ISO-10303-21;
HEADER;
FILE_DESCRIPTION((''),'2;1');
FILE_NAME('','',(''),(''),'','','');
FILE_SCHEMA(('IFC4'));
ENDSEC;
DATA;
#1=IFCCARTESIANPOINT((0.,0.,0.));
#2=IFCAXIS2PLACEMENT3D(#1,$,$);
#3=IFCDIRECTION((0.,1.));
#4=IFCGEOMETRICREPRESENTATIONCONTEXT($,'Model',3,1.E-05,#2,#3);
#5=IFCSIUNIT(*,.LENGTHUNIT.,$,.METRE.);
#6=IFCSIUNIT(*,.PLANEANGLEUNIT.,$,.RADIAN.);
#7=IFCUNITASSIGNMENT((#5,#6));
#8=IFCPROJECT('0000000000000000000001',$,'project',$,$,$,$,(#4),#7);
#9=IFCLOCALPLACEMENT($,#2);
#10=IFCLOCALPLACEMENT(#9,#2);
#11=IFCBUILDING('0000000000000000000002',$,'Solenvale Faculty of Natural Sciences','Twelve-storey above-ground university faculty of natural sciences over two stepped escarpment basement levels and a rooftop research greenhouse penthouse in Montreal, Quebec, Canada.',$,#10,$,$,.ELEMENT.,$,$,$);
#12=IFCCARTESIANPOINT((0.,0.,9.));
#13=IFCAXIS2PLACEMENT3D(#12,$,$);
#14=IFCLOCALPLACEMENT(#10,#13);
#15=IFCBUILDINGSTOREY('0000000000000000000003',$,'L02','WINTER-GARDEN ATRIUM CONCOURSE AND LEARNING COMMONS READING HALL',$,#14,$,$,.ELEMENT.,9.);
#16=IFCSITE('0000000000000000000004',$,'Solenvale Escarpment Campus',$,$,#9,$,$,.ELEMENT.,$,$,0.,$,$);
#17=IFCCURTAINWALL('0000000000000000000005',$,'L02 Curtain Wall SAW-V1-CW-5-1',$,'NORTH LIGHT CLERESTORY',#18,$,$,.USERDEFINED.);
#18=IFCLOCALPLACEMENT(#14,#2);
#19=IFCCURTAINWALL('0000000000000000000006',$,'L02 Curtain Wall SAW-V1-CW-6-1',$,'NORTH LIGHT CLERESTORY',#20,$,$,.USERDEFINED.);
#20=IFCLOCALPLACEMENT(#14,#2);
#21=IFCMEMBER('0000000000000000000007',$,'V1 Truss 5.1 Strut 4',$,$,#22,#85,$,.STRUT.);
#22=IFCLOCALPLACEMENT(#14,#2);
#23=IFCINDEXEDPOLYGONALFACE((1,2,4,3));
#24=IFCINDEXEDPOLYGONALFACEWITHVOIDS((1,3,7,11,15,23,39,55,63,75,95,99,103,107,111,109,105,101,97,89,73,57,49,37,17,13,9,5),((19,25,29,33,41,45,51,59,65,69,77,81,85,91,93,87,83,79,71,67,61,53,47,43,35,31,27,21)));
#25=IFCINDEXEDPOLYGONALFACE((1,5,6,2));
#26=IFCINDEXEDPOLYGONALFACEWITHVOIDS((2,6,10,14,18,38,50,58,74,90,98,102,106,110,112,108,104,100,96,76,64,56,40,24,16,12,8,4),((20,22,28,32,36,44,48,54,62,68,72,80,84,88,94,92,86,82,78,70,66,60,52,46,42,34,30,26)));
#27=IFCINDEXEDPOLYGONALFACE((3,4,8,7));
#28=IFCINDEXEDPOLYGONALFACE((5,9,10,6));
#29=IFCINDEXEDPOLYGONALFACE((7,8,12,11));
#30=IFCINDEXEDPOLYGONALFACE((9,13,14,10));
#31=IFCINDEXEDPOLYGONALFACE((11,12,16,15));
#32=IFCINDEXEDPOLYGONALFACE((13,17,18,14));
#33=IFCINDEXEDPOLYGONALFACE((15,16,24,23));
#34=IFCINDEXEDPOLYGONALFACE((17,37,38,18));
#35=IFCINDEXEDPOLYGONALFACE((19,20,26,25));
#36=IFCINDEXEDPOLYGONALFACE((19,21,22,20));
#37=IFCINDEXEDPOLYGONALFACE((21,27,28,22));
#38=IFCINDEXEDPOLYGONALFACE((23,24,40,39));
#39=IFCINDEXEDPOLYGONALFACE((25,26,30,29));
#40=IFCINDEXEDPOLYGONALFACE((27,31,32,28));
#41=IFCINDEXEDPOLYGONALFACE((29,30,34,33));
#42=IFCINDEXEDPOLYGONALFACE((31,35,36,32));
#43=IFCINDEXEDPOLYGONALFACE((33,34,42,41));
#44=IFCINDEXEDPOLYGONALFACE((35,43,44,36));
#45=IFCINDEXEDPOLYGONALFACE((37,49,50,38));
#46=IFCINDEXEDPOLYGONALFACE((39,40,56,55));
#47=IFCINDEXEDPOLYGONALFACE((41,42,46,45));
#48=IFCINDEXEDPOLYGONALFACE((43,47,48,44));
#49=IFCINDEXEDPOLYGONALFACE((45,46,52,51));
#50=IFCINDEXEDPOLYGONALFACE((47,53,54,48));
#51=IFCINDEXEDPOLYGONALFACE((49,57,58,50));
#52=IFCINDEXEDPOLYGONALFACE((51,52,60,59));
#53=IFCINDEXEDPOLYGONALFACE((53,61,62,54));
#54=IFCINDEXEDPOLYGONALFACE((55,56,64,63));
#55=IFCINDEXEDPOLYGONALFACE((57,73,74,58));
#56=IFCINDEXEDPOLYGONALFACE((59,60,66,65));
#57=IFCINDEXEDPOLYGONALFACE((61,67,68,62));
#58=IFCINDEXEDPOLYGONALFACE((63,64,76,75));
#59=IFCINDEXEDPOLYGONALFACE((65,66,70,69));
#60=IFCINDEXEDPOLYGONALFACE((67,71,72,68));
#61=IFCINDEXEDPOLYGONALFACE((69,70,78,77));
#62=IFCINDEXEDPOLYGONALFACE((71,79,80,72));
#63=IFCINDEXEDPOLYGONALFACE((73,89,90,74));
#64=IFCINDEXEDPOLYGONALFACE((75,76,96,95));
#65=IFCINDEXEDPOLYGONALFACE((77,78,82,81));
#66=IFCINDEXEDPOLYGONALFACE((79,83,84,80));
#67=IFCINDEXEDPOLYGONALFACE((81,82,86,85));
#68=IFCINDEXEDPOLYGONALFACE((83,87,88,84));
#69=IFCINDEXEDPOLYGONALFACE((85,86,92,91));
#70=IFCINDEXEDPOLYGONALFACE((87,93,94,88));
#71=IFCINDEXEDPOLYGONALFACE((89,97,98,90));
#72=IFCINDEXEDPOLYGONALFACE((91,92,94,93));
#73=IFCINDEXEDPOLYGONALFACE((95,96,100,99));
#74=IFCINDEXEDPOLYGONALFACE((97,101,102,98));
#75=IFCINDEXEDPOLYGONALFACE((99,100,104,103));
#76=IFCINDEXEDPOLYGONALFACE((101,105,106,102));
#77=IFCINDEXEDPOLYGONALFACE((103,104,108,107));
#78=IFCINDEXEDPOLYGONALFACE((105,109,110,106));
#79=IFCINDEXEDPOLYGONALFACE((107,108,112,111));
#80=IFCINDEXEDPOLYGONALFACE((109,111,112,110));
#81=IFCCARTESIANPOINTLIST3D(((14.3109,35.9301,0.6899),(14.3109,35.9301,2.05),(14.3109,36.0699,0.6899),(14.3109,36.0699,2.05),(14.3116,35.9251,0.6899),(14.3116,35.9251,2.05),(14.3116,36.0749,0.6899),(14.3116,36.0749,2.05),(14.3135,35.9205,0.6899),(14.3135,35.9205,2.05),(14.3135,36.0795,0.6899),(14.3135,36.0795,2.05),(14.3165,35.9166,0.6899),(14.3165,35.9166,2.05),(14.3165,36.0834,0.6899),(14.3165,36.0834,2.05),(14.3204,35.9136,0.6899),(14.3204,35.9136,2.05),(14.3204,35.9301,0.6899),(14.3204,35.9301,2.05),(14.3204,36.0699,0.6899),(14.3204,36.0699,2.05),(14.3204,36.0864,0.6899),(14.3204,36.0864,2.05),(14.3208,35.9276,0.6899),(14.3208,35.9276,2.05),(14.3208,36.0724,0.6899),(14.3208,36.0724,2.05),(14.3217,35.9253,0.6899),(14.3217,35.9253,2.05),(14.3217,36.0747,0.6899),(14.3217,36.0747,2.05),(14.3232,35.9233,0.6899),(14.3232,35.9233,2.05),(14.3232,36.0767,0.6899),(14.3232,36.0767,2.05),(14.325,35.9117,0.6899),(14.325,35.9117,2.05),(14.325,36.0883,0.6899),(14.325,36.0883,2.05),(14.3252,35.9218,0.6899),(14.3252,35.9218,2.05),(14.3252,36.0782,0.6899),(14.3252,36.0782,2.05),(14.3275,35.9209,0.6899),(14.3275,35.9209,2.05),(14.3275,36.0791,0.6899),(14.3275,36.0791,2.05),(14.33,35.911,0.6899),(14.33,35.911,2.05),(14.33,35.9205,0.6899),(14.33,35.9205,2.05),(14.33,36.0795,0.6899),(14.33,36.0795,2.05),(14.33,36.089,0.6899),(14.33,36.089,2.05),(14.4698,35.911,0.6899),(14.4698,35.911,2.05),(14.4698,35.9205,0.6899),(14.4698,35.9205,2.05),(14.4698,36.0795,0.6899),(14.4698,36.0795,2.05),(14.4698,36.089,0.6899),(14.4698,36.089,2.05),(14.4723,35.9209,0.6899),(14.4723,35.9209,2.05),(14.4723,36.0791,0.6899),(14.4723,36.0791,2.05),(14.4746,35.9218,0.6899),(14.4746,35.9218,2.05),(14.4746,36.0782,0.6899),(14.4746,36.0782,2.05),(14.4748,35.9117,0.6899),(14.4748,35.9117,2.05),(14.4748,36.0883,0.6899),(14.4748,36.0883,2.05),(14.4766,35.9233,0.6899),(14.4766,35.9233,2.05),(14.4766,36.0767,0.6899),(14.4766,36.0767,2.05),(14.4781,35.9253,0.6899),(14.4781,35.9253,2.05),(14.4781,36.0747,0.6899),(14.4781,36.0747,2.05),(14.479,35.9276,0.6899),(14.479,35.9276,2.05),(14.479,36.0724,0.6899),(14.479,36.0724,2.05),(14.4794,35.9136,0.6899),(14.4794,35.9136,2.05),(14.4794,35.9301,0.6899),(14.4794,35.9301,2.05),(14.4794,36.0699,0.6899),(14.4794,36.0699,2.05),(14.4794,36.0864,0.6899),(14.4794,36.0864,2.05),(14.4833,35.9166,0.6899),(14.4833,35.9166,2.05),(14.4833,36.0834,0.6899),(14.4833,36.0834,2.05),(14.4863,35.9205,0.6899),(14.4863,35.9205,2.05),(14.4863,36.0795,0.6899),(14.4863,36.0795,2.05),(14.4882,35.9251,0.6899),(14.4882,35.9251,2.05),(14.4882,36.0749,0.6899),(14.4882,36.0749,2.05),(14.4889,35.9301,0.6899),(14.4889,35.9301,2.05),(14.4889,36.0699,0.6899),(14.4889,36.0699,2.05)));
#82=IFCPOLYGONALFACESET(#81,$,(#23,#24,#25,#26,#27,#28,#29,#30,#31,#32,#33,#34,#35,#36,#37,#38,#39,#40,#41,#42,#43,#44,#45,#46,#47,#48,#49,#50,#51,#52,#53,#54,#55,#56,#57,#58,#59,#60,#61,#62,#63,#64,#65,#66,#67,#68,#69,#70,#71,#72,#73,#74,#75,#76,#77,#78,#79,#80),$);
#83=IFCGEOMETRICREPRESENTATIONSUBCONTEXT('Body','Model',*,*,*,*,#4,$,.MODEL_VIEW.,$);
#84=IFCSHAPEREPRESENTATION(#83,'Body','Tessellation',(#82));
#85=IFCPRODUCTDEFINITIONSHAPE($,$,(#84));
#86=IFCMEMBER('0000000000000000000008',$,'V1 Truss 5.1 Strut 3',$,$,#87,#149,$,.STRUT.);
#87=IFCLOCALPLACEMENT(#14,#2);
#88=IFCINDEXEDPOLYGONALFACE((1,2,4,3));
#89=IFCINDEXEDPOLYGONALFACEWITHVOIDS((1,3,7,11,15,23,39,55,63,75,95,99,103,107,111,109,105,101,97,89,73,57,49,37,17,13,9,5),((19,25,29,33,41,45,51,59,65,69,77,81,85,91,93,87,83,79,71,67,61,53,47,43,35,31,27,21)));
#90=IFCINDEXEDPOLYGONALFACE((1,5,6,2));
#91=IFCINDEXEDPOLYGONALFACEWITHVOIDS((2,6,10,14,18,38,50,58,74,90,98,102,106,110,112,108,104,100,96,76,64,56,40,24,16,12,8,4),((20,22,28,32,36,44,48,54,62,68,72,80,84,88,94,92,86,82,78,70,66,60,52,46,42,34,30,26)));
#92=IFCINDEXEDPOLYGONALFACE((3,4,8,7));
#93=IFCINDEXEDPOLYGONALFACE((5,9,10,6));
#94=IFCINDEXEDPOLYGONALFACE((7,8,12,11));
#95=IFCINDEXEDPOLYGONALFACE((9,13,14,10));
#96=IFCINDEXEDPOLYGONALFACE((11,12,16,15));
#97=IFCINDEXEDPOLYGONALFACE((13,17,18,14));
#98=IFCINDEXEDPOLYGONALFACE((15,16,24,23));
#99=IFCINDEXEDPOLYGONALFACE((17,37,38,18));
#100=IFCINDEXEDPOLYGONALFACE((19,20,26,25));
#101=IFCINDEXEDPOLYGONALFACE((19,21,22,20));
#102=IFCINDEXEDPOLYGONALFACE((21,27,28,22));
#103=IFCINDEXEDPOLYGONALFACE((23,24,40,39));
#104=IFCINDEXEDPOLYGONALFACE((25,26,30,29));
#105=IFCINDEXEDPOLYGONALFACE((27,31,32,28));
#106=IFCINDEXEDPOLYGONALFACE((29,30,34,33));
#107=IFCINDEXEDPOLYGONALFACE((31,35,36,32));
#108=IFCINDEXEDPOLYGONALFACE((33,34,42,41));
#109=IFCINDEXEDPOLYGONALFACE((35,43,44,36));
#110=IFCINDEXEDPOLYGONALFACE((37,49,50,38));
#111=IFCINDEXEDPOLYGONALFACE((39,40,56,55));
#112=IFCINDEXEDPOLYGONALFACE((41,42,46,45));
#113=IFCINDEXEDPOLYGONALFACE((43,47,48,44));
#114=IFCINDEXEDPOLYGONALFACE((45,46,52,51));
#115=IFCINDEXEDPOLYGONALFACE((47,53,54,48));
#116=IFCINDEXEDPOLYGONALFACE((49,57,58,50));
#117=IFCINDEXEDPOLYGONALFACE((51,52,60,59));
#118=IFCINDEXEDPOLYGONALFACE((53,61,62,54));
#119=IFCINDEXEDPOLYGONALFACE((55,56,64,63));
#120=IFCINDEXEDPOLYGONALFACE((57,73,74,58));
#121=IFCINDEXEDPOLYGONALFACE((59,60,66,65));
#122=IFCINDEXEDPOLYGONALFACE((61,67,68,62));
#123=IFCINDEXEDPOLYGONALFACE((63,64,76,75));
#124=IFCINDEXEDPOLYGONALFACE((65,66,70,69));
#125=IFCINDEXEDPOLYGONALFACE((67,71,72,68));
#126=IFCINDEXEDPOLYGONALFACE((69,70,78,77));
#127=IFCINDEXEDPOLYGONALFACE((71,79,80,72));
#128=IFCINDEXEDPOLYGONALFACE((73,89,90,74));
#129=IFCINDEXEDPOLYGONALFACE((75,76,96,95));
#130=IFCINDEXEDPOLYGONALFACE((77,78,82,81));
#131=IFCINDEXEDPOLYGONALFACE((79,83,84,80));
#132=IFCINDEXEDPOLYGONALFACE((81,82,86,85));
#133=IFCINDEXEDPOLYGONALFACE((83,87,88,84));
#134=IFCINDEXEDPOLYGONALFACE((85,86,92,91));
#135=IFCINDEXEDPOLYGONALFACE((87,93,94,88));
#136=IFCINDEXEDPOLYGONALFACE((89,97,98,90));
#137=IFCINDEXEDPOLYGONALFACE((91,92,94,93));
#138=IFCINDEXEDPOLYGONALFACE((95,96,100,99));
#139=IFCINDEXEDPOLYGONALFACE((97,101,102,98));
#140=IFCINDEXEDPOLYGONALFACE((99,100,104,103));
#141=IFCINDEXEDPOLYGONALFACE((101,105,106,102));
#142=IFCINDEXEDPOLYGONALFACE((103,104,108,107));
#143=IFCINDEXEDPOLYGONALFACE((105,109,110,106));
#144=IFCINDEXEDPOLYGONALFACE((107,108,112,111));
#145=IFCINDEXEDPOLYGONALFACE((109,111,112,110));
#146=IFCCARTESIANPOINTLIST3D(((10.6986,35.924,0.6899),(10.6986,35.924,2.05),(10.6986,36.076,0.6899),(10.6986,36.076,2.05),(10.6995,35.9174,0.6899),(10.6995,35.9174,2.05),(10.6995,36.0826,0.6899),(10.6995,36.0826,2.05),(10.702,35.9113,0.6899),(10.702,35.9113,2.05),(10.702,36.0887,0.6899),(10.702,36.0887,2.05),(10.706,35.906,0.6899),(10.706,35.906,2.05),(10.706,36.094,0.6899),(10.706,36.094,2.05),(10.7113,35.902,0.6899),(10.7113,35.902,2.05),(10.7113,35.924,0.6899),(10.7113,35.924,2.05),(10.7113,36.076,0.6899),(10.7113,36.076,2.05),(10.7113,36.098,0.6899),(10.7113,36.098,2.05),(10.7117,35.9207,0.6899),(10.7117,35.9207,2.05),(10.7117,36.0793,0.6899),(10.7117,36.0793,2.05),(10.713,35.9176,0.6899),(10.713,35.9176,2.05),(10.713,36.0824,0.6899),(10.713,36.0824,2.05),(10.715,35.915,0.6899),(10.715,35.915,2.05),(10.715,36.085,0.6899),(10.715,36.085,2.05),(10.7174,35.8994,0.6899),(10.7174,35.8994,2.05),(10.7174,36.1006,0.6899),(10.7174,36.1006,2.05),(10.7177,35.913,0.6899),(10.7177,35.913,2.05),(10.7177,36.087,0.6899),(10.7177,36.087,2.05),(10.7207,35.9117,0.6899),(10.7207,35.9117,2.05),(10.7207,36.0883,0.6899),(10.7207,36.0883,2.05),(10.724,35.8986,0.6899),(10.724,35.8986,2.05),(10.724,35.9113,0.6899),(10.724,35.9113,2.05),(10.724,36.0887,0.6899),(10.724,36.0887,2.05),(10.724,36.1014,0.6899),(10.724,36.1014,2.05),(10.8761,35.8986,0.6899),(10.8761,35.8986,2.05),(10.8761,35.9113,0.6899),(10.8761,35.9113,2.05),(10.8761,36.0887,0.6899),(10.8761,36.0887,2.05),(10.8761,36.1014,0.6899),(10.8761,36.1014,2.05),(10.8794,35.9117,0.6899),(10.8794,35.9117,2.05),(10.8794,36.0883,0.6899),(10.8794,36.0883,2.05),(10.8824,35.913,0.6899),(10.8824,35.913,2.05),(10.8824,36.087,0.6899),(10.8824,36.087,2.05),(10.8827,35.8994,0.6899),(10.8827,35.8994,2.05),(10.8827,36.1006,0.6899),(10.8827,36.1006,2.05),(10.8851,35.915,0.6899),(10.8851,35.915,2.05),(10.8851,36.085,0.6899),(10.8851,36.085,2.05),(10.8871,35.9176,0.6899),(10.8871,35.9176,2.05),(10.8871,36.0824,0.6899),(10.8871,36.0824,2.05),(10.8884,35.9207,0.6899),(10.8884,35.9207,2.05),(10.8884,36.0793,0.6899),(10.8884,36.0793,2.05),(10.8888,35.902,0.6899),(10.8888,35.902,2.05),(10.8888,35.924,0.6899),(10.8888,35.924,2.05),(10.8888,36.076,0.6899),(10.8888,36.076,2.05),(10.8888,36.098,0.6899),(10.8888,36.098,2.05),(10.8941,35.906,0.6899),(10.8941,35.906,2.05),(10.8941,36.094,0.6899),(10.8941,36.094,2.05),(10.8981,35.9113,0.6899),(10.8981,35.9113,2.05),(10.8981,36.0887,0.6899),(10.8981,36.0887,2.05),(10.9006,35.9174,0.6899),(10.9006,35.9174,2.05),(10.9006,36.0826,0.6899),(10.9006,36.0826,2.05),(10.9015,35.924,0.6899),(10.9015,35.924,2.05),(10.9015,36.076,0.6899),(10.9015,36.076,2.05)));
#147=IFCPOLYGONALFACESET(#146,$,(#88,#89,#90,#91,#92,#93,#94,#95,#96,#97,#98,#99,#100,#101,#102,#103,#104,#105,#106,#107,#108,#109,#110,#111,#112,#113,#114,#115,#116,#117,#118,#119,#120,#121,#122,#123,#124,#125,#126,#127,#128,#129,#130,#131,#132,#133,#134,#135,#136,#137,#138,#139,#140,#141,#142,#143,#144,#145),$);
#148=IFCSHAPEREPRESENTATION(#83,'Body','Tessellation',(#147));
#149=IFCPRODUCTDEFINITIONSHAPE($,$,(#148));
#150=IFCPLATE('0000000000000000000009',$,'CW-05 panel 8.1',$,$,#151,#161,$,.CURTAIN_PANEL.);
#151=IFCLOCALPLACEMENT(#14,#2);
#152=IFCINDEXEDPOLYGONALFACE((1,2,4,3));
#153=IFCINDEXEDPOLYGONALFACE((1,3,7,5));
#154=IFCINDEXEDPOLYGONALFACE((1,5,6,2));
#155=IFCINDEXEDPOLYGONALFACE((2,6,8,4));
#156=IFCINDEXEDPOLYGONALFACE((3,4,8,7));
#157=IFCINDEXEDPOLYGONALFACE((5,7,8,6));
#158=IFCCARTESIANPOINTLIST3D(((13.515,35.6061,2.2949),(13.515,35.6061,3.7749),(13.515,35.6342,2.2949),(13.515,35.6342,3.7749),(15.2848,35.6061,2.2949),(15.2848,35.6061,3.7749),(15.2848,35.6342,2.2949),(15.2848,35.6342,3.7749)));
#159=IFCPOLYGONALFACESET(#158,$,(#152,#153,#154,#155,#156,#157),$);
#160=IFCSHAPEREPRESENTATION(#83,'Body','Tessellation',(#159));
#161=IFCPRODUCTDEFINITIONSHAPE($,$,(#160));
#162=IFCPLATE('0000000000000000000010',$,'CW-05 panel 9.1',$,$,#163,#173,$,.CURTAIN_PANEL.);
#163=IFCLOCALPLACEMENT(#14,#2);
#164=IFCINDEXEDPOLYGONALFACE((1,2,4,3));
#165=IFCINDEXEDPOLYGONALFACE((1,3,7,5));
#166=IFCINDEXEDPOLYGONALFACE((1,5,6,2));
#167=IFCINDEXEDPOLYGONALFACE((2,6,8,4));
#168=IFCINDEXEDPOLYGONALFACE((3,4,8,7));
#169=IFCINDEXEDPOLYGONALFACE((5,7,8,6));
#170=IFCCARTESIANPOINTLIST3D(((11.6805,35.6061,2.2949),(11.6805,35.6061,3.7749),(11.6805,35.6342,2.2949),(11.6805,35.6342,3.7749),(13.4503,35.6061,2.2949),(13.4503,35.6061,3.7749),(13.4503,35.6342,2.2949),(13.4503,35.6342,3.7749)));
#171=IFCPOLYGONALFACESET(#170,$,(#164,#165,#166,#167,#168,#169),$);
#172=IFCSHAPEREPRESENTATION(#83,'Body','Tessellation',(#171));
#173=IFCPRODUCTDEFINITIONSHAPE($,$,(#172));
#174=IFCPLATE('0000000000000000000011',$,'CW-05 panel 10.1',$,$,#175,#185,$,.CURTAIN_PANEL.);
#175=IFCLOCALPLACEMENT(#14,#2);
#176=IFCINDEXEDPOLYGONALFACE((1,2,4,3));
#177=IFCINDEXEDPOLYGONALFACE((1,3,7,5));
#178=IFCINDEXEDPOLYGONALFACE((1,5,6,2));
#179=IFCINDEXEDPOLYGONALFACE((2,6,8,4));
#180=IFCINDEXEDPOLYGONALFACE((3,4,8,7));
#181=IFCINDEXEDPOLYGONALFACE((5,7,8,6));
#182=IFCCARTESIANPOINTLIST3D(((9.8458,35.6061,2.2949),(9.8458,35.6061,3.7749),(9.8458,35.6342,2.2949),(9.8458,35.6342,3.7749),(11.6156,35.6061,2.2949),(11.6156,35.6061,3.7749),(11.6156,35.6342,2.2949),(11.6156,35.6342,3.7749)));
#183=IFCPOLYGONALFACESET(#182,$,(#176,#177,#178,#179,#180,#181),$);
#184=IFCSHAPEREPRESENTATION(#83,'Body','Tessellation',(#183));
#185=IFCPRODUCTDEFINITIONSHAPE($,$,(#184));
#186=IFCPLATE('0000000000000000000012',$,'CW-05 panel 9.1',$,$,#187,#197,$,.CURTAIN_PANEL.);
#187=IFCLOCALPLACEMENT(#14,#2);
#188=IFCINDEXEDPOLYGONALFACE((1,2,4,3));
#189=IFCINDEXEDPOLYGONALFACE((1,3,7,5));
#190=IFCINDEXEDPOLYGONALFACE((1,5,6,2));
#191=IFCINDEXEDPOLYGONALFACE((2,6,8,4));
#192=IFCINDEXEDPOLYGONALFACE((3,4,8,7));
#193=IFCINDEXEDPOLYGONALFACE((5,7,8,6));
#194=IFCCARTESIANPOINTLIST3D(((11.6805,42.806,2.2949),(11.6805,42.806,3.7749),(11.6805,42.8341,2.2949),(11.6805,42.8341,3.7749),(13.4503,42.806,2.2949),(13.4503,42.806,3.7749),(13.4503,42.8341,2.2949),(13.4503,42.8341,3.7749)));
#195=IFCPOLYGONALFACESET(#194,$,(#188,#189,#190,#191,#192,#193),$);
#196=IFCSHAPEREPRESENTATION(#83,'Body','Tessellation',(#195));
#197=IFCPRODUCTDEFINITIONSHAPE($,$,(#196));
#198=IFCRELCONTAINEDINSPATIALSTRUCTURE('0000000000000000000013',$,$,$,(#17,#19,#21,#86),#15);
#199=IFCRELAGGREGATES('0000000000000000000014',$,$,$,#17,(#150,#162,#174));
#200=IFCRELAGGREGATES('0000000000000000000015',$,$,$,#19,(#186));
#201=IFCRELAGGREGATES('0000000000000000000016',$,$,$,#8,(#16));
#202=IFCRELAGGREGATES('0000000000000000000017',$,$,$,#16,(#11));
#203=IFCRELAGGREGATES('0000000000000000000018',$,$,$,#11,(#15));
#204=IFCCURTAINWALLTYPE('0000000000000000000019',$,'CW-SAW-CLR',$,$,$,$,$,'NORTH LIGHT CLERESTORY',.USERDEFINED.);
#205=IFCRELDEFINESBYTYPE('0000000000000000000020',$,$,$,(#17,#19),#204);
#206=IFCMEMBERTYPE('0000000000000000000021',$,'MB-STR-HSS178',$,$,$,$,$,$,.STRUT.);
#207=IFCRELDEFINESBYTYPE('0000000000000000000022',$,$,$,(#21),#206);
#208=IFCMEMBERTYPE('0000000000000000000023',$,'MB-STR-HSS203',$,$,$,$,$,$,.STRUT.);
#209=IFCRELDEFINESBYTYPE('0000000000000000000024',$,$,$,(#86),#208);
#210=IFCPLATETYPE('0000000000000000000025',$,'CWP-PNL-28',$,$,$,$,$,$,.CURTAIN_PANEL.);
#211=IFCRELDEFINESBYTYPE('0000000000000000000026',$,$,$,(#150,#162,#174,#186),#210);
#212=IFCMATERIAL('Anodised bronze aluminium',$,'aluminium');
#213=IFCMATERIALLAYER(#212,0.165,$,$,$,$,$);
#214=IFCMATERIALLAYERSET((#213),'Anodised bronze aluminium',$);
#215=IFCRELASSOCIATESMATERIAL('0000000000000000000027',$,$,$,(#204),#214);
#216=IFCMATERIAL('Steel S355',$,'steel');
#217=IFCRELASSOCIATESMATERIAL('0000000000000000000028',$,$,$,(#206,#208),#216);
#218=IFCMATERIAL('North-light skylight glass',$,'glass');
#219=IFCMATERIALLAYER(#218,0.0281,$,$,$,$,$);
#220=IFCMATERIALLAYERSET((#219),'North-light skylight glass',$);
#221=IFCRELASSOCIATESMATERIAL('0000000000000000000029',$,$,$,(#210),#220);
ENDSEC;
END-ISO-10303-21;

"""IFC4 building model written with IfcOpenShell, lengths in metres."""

from ifc_helpers import new_model, si_unit, direction, frame, origin, origin_2d, place, context, subcontext, project, spatial, rectangle, hollow_rectangle, extrude, material, layer, layer_set, material_profile, profile_set, type_object, element, aggregate, save


model = new_model("IFC4")

# Units and contexts
model_context = context("Model", 3, precision=1e-05, world=origin(), true_north=direction((0.0, 1.0)))
body_context = subcontext(model_context, "Body", "Model", "MODEL_VIEW")
ifc_project = project(units=[si_unit("LENGTHUNIT", "METRE"), si_unit("PLANEANGLEUNIT", "RADIAN")], contexts=[model_context])

# Site, building, storey
site_placement = place(None, origin())
site = spatial("IfcSite", under=ifc_project, at=site_placement, Name="Solenvale Escarpment Campus", CompositionType="ELEMENT", RefElevation=0.0)
building_placement = place(site_placement, origin())
building = spatial("IfcBuilding", under=site, at=building_placement, Name="Solenvale Faculty of Natural Sciences", Description="Twelve-storey above-ground university faculty of natural sciences over two stepped escarpment basement levels and a rooftop research greenhouse penthouse in Montreal, Quebec, Canada.", CompositionType="ELEMENT")
storey_placement = place(building_placement, frame((0.0, 0.0, 9.0)))
storey = spatial("IfcBuildingStorey", under=building, at=storey_placement, Name="L02", Description="WINTER-GARDEN ATRIUM CONCOURSE AND LEARNING COMMONS READING HALL", CompositionType="ELEMENT", Elevation=9.0)

# Curtain walls
ifc_material_1 = material(Name="Anodised bronze aluminium", Category="aluminium")
ifc_layer_1 = layer(ifc_material_1, 0.165)
ifc_layer_set_1 = layer_set([ifc_layer_1], Name="Anodised bronze aluminium")
curtain_wall_type = type_object("IfcCurtainWallType", Name="CW-SAW-CLR", ElementType="NORTH LIGHT CLERESTORY", PredefinedType="USERDEFINED", material=ifc_layer_set_1)
curtain_wall_1_placement = place(storey_placement, origin())
curtain_wall_1 = element("IfcCurtainWall", 1, at=curtain_wall_1_placement, inside=storey, type_object=curtain_wall_type, Name="L02 Curtain Wall SAW-V1-CW-5-1", ObjectType="NORTH LIGHT CLERESTORY", PredefinedType="USERDEFINED")
curtain_wall_2_placement = place(storey_placement, origin())
curtain_wall_2 = element("IfcCurtainWall", 2, at=curtain_wall_2_placement, inside=storey, type_object=curtain_wall_type, Name="L02 Curtain Wall SAW-V1-CW-6-1", ObjectType="NORTH LIGHT CLERESTORY", PredefinedType="USERDEFINED")

# Members
ifc_material_2 = material(Name="Steel S355", Category="steel")
ifc_material_profile_1 = material_profile(ifc_material_2, hollow_rectangle(XDim=0.178, YDim=0.178, WallThickness=0.0095, InnerFilletRadius=0.0095, OuterFilletRadius=0.019, at=origin_2d()), Name="HSS178x178x9.5")
ifc_profile_set_1 = profile_set([ifc_material_profile_1], Name="Steel S355")
member_type_1 = type_object("IfcMemberType", Name="MB-STR-HSS178", PredefinedType="STRUT", material=ifc_profile_set_1)
member_1_placement = place(storey_placement, frame((14.3999, 36.0, 0.6899), z_axis=(0.0, 0.0, 1.0), x_axis=(1.0, 0.0, 0.0)))
element("IfcMember", 3, at=member_1_placement, inside=storey, type_object=member_type_1, Name="V1 Truss 5.1 Strut 4", PredefinedType="STRUT", context=body_context, shape_type="SweptSolid", body=[
    extrude(hollow_rectangle(XDim=0.178, YDim=0.178, WallThickness=0.0095, InnerFilletRadius=0.0095, OuterFilletRadius=0.019, at=origin_2d()), origin(), (0.0, 0.0, 1.0), 1.3601),
])
ifc_material_profile_2 = material_profile(ifc_material_2, hollow_rectangle(XDim=0.2029, YDim=0.2029, WallThickness=0.0127, InnerFilletRadius=0.0127, OuterFilletRadius=0.0254, at=origin_2d()), Name="HSS203x203x13")
ifc_profile_set_2 = profile_set([ifc_material_profile_2], Name="Steel S355")
member_type_2 = type_object("IfcMemberType", Name="MB-STR-HSS203", PredefinedType="STRUT", material=ifc_profile_set_2)
member_2_placement = place(storey_placement, frame((10.8, 36.0, 0.6899), z_axis=(0.0, 0.0, 1.0), x_axis=(1.0, 0.0, 0.0)))
element("IfcMember", 4, at=member_2_placement, inside=storey, type_object=member_type_2, Name="V1 Truss 5.1 Strut 3", PredefinedType="STRUT", context=body_context, shape_type="SweptSolid", body=[
    extrude(hollow_rectangle(XDim=0.2029, YDim=0.2029, WallThickness=0.0127, InnerFilletRadius=0.0127, OuterFilletRadius=0.0254, at=origin_2d()), origin(), (0.0, 0.0, 1.0), 1.3601),
])

# Plates
ifc_material_3 = material(Name="North-light skylight glass", Category="glass")
ifc_layer_2 = layer(ifc_material_3, 0.0281)
ifc_layer_set_2 = layer_set([ifc_layer_2], Name="North-light skylight glass")
plate_type_1 = type_object("IfcPlateType", Name="CWP-PNL-28", PredefinedType="CURTAIN_PANEL", material=ifc_layer_set_2)
plate_1_placement = place(storey_placement, frame((14.3999, 35.6201, 2.2949), z_axis=(0.0, 0.0, 1.0), x_axis=(-1.0, 0.0, 0.0)))
plate_1 = element("IfcPlate", 5, at=plate_1_placement, type_object=plate_type_1, Name="CW-05 panel 8.1", PredefinedType="CURTAIN_PANEL", context=body_context, shape_type="SweptSolid", body=[
    extrude(rectangle(XDim=1.7698, YDim=0.0281, at=origin_2d()), origin(), (0.0, 0.0, 1.0), 1.48),
])
plate_2_placement = place(storey_placement, frame((12.5654, 35.6201, 2.2949), z_axis=(0.0, 0.0, 1.0), x_axis=(-1.0, 0.0, 0.0)))
plate_2 = element("IfcPlate", 6, at=plate_2_placement, type_object=plate_type_1, Name="CW-05 panel 9.1", PredefinedType="CURTAIN_PANEL", context=body_context, shape_type="SweptSolid", body=[
    extrude(rectangle(XDim=1.7698, YDim=0.0281, at=origin_2d()), origin(), (0.0, 0.0, 1.0), 1.48),
])
plate_3_placement = place(storey_placement, frame((10.7307, 35.6201, 2.2949), z_axis=(0.0, 0.0, 1.0), x_axis=(-1.0, 0.0, 0.0)))
plate_3 = element("IfcPlate", 7, at=plate_3_placement, type_object=plate_type_1, Name="CW-05 panel 10.1", PredefinedType="CURTAIN_PANEL", context=body_context, shape_type="SweptSolid", body=[
    extrude(rectangle(XDim=1.7698, YDim=0.0281, at=origin_2d()), origin(), (0.0, 0.0, 1.0), 1.48),
])
aggregate(curtain_wall_1, [plate_1, plate_2, plate_3])
plate_4_placement = place(storey_placement, frame((12.5654, 42.8201, 2.2949), z_axis=(0.0, 0.0, 1.0), x_axis=(-1.0, 0.0, 0.0)))
plate_4 = element("IfcPlate", 8, at=plate_4_placement, type_object=plate_type_1, Name="CW-05 panel 9.1", PredefinedType="CURTAIN_PANEL", context=body_context, shape_type="SweptSolid", body=[
    extrude(rectangle(XDim=1.7698, YDim=0.0281, at=origin_2d()), origin(), (0.0, 0.0, 1.0), 1.48),
])
aggregate(curtain_wall_2, [plate_4])

save(model, "model.ifc")
